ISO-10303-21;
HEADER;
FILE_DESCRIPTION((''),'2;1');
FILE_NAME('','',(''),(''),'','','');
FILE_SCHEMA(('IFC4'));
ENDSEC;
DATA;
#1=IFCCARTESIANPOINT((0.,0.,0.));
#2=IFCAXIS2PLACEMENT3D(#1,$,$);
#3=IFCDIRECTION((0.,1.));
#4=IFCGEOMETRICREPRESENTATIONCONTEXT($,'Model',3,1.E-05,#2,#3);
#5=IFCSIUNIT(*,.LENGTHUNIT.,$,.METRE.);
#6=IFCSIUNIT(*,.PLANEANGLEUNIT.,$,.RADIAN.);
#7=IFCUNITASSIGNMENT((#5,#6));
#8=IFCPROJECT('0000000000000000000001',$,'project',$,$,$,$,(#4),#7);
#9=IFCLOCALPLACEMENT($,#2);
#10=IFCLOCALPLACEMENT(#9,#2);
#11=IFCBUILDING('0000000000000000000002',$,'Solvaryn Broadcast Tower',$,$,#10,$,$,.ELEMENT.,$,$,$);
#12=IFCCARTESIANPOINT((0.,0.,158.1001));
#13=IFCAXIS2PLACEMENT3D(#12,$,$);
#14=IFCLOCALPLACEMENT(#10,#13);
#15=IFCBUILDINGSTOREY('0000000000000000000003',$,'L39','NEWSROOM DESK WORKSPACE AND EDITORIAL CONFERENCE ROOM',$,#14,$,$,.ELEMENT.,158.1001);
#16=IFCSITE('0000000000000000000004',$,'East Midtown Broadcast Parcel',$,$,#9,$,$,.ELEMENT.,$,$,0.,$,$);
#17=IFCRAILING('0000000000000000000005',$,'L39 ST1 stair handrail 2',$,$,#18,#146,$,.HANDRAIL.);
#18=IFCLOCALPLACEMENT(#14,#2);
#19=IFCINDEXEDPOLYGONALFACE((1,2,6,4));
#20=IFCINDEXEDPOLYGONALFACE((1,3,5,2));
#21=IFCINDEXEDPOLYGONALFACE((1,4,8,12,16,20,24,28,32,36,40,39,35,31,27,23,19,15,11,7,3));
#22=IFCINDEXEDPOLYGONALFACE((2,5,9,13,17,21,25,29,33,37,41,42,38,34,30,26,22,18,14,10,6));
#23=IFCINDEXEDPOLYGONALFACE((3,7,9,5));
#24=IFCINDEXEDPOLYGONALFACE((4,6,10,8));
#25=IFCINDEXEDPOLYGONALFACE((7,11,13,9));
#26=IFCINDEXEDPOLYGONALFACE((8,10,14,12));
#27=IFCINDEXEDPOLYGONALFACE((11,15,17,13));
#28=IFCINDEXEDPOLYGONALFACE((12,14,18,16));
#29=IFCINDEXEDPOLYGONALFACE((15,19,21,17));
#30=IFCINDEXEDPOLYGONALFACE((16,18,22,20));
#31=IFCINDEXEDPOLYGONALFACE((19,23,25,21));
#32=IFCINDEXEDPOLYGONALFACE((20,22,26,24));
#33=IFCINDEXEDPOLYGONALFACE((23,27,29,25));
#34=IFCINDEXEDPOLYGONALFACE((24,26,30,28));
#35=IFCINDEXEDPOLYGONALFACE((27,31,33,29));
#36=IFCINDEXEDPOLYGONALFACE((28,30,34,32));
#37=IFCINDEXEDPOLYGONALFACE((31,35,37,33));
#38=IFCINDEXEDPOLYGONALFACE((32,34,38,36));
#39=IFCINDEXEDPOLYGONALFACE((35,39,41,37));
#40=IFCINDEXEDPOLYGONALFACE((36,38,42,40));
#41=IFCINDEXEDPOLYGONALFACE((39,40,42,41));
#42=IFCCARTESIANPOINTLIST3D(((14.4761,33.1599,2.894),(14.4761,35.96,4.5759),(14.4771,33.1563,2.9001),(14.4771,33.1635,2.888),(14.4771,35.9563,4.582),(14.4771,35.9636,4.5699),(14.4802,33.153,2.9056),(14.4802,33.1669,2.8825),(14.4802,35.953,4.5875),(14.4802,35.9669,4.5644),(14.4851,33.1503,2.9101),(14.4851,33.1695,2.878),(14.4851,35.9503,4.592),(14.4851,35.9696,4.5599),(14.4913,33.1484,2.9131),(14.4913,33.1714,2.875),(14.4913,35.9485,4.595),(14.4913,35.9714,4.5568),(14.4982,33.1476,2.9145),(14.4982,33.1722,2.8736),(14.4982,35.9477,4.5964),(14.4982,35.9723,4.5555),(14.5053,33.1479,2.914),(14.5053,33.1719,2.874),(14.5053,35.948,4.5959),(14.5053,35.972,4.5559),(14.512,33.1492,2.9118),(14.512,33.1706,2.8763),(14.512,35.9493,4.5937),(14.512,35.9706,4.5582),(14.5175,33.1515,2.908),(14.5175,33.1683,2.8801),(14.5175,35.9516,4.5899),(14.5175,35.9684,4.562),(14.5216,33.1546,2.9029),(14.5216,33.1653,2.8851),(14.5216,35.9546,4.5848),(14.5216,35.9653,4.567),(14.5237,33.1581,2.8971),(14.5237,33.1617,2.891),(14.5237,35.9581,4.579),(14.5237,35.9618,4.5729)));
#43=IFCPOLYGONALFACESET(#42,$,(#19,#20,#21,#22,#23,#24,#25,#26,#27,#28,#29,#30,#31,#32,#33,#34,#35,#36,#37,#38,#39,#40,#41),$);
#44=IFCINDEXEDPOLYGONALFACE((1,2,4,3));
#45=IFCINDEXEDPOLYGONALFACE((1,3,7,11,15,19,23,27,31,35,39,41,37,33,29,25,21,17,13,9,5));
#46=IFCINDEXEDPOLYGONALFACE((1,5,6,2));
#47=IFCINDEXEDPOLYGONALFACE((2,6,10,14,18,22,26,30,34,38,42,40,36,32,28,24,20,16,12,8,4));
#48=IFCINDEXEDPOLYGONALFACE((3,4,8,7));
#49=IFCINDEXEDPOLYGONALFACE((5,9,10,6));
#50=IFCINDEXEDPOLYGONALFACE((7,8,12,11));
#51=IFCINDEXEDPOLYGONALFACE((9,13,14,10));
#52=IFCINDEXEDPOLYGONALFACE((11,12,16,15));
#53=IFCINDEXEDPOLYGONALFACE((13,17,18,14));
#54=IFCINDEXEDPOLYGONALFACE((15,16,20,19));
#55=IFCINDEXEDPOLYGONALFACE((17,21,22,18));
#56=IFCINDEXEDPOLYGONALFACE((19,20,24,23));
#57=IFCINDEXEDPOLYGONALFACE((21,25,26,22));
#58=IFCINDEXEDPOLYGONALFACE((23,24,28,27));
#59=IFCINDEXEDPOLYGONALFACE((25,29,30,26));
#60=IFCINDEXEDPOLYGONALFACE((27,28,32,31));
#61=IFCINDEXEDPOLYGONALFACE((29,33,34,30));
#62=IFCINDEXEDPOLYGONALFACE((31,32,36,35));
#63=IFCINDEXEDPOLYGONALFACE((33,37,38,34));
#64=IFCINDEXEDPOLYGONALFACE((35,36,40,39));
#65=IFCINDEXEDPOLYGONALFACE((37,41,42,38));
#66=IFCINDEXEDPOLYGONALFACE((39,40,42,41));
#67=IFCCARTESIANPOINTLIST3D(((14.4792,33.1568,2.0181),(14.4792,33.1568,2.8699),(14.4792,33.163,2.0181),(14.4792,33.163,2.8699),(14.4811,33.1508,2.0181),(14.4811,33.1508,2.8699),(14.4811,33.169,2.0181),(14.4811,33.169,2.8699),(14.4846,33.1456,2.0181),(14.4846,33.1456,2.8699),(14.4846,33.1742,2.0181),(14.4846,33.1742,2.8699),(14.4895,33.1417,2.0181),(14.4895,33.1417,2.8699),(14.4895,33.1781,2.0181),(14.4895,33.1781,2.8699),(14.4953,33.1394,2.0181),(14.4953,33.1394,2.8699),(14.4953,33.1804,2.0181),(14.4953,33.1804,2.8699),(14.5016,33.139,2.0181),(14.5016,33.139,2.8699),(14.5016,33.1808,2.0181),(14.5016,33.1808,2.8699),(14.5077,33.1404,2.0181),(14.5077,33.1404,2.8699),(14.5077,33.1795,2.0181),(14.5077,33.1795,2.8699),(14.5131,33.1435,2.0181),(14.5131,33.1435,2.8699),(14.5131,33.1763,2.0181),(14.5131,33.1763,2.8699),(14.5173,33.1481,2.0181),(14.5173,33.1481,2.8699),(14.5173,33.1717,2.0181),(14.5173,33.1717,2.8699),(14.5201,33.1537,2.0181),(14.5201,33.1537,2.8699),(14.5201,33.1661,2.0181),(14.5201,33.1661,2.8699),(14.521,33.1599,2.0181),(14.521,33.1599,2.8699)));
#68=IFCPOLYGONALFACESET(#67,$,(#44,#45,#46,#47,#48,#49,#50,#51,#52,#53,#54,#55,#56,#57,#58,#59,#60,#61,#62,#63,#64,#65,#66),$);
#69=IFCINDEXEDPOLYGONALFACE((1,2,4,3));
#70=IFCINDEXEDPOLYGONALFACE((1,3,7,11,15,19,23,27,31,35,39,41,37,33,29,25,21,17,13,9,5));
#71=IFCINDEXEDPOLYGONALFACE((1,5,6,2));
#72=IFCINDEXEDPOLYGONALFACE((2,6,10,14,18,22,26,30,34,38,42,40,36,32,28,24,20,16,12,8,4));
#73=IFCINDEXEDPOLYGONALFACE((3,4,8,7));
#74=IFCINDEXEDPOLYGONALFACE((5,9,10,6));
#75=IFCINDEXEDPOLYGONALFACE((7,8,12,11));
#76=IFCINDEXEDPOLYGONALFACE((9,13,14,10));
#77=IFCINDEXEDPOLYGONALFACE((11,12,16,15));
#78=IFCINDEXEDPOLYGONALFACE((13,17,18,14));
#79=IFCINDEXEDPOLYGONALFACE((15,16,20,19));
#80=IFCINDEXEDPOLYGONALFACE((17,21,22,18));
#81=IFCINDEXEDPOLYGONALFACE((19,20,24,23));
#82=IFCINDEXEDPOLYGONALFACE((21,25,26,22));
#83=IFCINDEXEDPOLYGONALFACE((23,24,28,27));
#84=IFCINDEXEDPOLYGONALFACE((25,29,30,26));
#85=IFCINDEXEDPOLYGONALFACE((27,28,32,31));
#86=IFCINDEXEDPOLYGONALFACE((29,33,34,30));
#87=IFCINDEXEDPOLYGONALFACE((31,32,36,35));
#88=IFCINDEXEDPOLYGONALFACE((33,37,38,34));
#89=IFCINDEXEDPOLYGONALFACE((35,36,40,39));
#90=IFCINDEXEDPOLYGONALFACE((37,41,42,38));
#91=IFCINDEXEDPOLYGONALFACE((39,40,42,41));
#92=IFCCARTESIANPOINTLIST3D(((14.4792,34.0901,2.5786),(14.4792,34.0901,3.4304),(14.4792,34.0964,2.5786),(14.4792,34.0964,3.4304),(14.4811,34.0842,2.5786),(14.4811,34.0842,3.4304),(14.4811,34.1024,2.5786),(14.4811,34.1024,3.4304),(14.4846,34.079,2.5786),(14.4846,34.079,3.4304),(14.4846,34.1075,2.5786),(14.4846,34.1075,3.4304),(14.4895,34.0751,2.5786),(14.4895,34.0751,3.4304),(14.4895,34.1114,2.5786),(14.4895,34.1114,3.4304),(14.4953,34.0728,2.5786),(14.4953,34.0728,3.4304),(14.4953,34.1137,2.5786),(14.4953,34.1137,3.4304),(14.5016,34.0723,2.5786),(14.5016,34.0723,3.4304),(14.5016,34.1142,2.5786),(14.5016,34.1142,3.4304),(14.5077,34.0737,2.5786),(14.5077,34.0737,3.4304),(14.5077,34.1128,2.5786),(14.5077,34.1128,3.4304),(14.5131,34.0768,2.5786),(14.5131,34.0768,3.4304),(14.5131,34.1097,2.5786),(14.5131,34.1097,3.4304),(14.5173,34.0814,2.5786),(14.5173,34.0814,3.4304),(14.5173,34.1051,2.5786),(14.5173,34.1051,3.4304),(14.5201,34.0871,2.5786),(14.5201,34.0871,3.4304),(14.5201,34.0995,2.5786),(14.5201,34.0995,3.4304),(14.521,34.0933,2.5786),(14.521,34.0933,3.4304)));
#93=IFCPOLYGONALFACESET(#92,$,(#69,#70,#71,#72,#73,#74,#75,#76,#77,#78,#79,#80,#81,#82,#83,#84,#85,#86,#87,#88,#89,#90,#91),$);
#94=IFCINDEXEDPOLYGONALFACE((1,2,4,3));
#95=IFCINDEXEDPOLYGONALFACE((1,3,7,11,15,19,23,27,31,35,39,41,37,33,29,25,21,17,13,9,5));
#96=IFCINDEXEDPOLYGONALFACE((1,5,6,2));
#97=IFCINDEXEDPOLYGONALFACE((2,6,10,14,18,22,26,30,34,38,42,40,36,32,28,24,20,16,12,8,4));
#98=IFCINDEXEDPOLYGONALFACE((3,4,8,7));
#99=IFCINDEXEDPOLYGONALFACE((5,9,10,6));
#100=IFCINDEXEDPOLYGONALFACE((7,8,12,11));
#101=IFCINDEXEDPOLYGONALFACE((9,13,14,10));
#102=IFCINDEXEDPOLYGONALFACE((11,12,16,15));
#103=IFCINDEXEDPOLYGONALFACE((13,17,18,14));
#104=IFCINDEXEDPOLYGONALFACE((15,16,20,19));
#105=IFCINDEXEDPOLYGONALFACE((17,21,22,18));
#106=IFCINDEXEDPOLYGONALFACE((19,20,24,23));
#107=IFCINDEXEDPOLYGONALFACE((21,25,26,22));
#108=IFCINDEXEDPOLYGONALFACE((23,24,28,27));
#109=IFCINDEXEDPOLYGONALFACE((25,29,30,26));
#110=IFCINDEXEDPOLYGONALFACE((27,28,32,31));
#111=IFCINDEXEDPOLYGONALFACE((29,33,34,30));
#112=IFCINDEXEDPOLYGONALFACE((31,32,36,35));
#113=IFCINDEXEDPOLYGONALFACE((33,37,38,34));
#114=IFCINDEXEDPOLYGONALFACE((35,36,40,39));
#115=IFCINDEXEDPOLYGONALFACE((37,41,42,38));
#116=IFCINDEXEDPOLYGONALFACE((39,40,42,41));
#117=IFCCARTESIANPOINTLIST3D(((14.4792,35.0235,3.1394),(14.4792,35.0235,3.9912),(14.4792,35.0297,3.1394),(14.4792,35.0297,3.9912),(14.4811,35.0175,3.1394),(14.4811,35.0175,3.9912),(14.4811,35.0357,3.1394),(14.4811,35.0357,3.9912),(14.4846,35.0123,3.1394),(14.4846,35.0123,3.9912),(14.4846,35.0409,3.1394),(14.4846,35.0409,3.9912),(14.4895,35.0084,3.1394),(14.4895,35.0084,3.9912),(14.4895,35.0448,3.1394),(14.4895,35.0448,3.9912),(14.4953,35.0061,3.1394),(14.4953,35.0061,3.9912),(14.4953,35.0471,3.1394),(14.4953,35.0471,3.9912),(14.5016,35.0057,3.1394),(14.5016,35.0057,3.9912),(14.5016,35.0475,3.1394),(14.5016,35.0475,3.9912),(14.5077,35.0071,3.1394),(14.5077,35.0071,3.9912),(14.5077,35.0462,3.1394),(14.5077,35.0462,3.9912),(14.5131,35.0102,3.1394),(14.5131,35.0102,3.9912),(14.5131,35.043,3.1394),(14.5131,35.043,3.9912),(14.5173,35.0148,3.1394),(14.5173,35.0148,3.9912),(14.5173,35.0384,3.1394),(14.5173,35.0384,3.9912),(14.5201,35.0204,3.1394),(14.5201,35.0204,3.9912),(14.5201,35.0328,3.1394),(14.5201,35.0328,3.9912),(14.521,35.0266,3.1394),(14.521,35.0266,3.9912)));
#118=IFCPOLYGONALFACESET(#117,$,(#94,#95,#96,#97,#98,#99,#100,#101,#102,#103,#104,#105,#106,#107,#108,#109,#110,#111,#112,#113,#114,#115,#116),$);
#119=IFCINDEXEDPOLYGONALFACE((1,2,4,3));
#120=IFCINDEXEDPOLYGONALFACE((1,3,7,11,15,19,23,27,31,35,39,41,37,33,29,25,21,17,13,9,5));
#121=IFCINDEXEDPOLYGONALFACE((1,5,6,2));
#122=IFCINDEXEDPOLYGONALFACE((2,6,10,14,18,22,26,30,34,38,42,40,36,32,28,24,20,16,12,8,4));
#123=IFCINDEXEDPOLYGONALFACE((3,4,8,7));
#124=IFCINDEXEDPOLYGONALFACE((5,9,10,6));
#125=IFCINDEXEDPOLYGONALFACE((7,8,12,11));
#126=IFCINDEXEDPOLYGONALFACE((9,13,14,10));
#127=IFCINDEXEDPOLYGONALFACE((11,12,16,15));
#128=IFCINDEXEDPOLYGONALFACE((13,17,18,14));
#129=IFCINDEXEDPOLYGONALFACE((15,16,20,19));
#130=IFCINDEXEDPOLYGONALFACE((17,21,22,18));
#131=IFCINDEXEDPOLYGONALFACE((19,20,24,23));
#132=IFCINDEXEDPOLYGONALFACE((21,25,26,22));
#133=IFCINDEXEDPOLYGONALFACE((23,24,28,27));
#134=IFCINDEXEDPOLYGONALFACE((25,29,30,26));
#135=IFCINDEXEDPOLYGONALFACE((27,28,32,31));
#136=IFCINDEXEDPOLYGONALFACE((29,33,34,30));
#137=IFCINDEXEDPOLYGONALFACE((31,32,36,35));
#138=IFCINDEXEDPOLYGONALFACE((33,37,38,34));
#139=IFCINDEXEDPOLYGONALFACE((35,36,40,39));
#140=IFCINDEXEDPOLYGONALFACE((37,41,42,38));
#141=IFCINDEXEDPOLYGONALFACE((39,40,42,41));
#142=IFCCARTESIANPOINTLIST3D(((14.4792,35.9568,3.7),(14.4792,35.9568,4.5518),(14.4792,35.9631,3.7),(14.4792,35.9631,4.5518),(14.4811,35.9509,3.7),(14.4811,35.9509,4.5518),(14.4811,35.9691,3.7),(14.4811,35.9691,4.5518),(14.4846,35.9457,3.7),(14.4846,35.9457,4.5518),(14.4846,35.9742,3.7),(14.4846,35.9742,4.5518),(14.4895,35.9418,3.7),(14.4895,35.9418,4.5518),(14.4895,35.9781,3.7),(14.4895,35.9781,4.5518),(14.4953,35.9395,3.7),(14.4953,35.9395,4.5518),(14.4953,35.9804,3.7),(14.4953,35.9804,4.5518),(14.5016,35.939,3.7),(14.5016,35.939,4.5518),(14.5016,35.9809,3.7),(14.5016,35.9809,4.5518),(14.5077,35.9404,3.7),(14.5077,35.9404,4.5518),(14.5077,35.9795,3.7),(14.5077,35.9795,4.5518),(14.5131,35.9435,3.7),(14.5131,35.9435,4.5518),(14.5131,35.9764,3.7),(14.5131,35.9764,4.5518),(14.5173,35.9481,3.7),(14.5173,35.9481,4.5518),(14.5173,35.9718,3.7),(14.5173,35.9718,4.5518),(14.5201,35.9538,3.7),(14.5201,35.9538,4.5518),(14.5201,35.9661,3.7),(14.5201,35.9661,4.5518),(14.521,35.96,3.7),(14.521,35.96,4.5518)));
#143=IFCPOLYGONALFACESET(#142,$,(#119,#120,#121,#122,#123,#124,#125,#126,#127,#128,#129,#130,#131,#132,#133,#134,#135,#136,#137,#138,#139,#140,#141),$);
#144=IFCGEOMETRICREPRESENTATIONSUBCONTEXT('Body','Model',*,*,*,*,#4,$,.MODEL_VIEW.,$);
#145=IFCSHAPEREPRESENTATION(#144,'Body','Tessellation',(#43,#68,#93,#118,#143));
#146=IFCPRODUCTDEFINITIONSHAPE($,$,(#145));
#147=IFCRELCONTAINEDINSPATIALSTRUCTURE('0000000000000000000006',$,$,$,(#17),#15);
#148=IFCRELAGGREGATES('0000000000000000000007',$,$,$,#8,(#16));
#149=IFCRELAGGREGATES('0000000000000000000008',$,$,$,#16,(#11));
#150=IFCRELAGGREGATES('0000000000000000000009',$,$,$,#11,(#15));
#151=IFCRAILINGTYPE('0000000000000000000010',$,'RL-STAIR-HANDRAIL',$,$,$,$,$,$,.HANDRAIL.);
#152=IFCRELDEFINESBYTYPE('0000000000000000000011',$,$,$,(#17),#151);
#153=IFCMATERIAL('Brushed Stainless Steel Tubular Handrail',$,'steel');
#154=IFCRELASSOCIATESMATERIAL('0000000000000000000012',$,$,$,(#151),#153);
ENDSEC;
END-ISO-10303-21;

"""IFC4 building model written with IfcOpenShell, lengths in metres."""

from ifc_helpers import new_model, si_unit, direction, frame, origin, origin_2d, place, context, subcontext, project, spatial, circle, extrude, material, type_object, element, save


model = new_model("IFC4")

# Units and contexts
model_context = context("Model", 3, precision=1e-05, world=origin(), true_north=direction((0.0, 1.0)))
body_context = subcontext(model_context, "Body", "Model", "MODEL_VIEW")
ifc_project = project(units=[si_unit("LENGTHUNIT", "METRE"), si_unit("PLANEANGLEUNIT", "RADIAN")], contexts=[model_context])

# Site, building, storey
site_placement = place(None, origin())
site = spatial("IfcSite", under=ifc_project, at=site_placement, Name="East Midtown Broadcast Parcel", CompositionType="ELEMENT", RefElevation=0.0)
building_placement = place(site_placement, origin())
building = spatial("IfcBuilding", under=site, at=building_placement, Name="Solvaryn Broadcast Tower", CompositionType="ELEMENT")
storey_placement = place(building_placement, frame((0.0, 0.0, 158.1001)))
storey = spatial("IfcBuildingStorey", under=building, at=storey_placement, Name="L39", Description="NEWSROOM DESK WORKSPACE AND EDITORIAL CONFERENCE ROOM", CompositionType="ELEMENT", Elevation=158.1001)

# Railing
ifc_material_1 = material(Name="Brushed Stainless Steel Tubular Handrail", Category="steel")
railing_type_1 = type_object("IfcRailingType", Name="RL-STAIR-HANDRAIL", PredefinedType="HANDRAIL", material=ifc_material_1)
railing_1_placement = place(storey_placement, frame((14.5, 33.1599, 2.0181)))
element("IfcRailing", 1, at=railing_1_placement, inside=storey, type_object=railing_type_1, Name="L39 ST1 stair handrail 2", PredefinedType="HANDRAIL", context=body_context, shape_type="SweptSolid", body=[
    extrude(circle(Radius=0.0239, at=origin_2d()), frame((0.0, 0.0, 0.876), z_axis=(0.0, 0.857242, 0.514913), x_axis=(-1.0, 0.0, 0.0)), (0.0, 0.0, 1.0), 3.2664),
    extrude(circle(Radius=0.021, at=origin_2d()), origin(), (0.0, 0.0, 1.0), 0.8518),
    extrude(circle(Radius=0.021, at=origin_2d()), frame((0.0, 0.9333, 0.5605)), (0.0, 0.0, 1.0), 0.8518),
    extrude(circle(Radius=0.021, at=origin_2d()), frame((0.0, 1.8667, 1.1213)), (0.0, 0.0, 1.0), 0.8518),
    extrude(circle(Radius=0.021, at=origin_2d()), frame((0.0, 2.8, 1.6819)), (0.0, 0.0, 1.0), 0.8518),
])

save(model, "model.ifc")
